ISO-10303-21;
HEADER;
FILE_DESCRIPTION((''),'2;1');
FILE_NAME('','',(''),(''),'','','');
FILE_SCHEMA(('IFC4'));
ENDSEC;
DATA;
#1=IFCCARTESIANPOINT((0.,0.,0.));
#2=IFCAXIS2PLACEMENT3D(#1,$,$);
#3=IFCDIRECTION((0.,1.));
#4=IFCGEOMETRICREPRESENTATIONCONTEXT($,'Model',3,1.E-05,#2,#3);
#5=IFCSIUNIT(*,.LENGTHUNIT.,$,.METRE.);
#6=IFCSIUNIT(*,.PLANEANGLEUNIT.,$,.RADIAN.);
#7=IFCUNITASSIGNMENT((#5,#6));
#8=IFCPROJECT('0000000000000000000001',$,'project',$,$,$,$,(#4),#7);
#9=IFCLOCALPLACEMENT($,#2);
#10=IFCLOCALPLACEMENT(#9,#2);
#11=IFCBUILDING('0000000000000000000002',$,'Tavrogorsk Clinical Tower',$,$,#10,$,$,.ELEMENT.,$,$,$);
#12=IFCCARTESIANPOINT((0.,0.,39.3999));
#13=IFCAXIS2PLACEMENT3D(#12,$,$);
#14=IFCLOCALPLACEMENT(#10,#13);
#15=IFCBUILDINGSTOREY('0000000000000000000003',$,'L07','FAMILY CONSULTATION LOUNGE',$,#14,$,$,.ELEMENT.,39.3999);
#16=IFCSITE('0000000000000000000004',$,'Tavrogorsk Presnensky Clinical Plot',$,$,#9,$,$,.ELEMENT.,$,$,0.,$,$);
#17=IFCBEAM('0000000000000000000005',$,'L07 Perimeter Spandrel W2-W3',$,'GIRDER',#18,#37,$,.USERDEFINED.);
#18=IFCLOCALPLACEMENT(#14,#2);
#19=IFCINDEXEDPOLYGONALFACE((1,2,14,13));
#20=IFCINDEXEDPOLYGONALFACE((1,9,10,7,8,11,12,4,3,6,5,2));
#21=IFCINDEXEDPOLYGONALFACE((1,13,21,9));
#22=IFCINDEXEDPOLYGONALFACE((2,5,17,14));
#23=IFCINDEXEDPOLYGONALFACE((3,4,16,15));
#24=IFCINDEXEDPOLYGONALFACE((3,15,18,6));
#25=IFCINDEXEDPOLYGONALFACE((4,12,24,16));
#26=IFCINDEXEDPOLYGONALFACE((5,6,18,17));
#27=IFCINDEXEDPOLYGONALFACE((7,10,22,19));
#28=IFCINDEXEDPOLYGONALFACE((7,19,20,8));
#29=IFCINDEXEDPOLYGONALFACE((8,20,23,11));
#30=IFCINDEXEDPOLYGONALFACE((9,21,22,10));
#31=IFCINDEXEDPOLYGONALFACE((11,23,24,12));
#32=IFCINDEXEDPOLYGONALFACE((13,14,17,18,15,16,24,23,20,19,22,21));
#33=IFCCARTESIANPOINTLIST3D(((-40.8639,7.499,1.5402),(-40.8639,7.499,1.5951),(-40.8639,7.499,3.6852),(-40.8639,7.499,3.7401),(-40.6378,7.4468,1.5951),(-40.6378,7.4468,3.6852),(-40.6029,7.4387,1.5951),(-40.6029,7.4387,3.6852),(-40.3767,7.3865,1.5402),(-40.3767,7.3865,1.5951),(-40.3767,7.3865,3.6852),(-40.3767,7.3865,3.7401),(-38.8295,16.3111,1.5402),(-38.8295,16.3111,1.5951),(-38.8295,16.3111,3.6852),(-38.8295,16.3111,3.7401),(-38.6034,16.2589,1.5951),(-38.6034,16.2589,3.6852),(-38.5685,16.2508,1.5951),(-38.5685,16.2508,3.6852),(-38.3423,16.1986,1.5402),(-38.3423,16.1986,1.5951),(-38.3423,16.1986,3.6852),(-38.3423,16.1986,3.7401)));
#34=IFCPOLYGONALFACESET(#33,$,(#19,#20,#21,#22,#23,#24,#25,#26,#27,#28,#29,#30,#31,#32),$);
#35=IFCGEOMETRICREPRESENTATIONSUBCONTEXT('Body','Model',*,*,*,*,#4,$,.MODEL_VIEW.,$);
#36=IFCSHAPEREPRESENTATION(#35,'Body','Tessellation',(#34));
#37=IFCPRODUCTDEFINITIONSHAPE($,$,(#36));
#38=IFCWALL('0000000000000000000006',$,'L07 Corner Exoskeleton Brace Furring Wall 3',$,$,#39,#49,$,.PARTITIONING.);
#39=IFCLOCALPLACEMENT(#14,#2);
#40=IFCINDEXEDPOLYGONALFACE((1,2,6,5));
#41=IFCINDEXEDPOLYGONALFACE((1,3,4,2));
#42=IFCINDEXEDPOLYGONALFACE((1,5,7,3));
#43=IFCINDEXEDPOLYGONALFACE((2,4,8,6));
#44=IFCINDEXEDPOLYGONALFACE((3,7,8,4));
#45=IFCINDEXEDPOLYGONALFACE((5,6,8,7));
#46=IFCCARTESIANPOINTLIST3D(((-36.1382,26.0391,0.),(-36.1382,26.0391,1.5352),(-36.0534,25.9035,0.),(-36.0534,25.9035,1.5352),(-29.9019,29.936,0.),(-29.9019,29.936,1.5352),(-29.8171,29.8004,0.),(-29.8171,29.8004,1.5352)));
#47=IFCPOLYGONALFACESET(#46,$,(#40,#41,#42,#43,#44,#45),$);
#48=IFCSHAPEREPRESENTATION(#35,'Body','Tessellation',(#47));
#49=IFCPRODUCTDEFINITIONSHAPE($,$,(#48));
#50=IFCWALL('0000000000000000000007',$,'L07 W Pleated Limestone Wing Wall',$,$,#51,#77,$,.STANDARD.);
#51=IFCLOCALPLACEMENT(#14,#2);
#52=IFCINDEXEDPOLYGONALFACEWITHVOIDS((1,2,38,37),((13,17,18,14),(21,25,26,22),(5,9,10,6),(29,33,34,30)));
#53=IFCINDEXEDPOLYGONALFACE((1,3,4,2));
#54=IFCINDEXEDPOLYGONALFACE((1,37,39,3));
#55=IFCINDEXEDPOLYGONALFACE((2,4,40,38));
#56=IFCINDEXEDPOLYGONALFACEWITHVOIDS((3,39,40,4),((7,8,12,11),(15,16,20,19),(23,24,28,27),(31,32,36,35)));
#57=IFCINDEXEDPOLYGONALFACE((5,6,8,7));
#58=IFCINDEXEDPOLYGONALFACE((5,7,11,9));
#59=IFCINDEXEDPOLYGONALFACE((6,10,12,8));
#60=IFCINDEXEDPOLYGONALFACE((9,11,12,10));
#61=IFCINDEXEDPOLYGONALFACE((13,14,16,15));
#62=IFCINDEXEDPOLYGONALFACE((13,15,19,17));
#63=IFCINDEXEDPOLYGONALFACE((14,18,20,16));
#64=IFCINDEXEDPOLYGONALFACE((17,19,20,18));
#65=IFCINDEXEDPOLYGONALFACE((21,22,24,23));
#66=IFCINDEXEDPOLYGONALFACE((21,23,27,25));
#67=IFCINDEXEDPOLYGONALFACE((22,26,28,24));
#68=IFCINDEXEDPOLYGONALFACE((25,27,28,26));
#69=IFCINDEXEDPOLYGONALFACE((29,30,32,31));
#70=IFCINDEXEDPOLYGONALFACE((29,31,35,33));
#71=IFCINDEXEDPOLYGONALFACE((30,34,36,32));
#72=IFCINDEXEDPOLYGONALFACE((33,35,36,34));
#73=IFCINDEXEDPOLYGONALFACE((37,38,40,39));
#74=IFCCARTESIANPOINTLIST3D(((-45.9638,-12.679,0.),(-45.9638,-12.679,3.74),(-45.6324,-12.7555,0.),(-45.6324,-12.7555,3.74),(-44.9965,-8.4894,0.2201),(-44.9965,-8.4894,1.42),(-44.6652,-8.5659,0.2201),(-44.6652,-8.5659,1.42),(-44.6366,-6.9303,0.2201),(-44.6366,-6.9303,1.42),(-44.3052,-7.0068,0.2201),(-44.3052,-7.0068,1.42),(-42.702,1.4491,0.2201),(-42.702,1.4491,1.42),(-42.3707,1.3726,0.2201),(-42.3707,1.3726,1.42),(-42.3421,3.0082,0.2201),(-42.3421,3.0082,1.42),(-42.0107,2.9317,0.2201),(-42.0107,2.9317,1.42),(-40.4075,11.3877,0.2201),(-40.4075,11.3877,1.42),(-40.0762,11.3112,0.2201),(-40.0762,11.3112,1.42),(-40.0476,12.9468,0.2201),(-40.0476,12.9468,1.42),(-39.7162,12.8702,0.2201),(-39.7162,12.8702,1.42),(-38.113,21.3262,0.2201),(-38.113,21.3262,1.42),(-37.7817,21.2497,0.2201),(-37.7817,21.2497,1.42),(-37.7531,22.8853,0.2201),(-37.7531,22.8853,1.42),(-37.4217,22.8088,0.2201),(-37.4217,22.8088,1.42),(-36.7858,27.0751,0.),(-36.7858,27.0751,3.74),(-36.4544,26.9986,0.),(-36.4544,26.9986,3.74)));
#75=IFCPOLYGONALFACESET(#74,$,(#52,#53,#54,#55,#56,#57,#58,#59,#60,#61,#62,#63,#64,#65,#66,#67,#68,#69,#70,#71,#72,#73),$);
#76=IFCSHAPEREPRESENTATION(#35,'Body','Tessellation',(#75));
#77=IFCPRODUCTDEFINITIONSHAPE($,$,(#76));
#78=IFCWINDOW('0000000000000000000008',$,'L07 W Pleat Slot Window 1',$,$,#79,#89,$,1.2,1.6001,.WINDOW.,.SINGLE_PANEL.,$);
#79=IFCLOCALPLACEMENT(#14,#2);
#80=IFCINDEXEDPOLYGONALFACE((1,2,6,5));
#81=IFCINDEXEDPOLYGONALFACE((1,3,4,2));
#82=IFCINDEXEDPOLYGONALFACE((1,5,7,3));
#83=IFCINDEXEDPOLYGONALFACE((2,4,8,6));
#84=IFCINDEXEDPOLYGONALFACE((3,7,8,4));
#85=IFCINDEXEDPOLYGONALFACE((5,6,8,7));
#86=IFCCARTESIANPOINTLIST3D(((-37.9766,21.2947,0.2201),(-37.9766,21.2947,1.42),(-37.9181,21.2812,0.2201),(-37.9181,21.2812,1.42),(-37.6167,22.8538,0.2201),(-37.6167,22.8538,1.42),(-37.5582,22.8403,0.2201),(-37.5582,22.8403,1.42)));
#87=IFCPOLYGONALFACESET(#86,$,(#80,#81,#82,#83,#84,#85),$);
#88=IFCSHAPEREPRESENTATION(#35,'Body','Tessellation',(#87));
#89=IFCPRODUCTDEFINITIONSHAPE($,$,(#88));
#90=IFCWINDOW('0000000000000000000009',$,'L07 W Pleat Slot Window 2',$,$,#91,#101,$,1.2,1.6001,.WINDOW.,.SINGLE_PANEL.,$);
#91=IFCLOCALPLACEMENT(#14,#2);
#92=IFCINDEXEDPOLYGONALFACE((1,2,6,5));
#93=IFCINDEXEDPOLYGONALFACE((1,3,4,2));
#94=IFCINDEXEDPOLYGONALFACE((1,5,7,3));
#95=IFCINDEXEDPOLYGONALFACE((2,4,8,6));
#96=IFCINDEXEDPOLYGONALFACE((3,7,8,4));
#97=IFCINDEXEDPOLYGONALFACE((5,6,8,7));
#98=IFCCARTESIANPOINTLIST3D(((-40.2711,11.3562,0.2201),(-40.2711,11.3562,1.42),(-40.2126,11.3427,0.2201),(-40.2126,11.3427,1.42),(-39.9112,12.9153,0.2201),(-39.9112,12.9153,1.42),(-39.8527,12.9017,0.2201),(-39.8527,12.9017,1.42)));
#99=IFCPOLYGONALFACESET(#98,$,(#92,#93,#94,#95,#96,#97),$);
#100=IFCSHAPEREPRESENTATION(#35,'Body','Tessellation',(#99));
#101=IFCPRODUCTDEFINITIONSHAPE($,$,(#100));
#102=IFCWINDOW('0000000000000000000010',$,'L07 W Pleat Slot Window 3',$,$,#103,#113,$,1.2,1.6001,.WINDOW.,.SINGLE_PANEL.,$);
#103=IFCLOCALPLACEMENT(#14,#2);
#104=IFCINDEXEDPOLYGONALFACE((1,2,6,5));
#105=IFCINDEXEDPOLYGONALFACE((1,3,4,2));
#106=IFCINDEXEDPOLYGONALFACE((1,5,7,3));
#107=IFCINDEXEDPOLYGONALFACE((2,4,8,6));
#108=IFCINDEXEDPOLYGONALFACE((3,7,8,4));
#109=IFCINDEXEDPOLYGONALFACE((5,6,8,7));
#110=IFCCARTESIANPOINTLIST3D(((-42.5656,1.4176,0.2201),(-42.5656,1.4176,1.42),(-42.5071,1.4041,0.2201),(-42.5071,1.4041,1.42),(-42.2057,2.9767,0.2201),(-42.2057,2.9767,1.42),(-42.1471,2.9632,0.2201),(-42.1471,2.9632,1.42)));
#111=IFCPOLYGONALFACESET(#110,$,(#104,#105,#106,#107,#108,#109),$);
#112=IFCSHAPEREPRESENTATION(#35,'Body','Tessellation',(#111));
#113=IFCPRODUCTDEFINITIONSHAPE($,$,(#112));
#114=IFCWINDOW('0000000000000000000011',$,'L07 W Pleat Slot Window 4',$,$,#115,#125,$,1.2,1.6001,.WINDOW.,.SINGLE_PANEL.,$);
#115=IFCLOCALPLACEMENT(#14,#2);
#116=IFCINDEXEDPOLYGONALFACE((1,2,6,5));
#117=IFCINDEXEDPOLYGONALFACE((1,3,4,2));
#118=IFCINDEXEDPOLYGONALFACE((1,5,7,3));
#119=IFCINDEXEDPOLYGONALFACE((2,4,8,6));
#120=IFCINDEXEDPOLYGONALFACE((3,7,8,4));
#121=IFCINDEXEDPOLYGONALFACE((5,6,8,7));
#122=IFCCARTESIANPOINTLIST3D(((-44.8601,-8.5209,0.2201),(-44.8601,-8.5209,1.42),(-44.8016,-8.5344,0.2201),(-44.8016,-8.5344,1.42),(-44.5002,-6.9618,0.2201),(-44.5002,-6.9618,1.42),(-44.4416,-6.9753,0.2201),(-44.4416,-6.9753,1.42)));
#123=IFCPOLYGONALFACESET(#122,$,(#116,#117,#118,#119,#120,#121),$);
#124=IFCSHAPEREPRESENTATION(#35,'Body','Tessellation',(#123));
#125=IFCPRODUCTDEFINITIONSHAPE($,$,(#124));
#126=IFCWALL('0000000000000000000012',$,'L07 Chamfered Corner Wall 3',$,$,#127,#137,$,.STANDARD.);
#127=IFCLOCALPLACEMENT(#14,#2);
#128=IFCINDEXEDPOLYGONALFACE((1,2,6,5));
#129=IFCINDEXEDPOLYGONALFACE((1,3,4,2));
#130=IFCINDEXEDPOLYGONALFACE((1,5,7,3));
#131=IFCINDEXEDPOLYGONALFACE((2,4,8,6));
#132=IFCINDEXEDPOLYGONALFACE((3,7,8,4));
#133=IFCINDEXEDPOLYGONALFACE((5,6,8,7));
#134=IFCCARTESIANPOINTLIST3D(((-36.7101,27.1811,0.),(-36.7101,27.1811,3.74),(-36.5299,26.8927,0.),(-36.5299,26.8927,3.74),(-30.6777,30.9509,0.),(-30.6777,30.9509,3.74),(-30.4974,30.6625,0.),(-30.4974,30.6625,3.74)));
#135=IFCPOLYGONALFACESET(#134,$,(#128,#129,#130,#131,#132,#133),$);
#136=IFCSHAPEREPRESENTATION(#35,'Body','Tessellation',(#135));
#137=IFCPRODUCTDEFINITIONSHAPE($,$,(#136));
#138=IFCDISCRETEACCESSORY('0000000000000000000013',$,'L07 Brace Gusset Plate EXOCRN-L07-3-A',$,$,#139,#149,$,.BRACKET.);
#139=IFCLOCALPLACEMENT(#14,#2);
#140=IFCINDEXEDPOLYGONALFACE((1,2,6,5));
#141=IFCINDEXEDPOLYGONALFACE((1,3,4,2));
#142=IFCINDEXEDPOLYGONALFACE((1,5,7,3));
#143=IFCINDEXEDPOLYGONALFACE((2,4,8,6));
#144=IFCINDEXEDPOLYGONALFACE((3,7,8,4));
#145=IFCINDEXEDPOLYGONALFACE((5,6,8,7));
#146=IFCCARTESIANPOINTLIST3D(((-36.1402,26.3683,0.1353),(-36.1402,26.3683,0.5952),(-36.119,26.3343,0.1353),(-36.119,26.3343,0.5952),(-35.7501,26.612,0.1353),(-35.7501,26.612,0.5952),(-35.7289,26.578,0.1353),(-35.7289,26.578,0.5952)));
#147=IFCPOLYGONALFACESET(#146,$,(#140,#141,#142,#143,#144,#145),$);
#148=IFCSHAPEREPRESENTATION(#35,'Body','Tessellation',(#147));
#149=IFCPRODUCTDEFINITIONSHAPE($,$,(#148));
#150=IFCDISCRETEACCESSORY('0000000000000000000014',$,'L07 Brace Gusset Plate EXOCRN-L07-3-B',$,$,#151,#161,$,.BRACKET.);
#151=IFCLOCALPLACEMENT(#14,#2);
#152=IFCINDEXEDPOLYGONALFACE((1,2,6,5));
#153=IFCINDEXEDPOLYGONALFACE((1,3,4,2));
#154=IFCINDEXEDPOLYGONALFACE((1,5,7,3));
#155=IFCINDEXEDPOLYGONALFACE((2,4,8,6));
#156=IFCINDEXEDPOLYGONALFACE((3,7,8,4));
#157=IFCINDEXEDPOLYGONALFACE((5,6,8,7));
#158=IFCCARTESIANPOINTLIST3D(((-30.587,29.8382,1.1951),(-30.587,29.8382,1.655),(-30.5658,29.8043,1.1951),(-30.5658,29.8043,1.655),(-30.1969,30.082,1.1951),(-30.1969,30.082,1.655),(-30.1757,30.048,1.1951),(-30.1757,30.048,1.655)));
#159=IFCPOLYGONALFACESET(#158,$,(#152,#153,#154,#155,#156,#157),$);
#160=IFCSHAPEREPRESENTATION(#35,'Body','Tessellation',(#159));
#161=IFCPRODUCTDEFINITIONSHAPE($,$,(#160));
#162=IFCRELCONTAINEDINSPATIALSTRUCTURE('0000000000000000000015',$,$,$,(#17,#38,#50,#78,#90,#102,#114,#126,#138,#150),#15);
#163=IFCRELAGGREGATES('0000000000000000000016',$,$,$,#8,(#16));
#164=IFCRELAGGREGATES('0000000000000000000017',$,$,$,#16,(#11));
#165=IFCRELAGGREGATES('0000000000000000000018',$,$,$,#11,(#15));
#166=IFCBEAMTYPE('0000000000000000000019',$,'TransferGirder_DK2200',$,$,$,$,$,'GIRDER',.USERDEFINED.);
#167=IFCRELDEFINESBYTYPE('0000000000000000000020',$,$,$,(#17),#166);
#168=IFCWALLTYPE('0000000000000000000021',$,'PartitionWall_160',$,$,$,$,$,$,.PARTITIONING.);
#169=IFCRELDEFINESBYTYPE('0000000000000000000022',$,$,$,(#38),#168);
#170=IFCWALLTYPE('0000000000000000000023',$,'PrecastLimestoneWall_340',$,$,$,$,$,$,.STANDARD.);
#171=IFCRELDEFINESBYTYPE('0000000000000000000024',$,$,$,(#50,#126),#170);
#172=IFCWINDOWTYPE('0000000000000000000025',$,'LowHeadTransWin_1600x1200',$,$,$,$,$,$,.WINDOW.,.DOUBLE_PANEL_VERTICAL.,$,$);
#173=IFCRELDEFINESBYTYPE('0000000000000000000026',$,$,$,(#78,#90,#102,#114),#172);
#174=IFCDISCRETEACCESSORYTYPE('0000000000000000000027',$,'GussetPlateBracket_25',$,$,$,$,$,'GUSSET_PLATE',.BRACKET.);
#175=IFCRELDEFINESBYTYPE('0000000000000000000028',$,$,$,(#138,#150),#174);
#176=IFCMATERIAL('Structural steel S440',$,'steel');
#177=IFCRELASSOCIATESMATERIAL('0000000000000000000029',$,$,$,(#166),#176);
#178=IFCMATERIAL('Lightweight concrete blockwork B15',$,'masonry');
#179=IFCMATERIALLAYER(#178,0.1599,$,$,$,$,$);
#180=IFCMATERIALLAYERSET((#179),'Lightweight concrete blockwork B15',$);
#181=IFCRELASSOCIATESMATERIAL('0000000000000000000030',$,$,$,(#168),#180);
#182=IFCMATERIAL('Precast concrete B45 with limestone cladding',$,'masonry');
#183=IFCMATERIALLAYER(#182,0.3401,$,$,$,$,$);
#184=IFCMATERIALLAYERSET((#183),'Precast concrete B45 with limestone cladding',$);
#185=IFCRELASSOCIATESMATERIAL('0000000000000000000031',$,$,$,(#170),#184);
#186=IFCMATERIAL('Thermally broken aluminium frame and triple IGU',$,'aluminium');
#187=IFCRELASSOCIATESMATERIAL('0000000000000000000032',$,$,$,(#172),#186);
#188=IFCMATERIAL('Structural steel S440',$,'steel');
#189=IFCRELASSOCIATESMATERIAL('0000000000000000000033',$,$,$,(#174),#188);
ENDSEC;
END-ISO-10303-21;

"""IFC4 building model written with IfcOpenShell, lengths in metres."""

from ifc_helpers import new_model, si_unit, direction, frame, frame_2d, origin, origin_2d, place, context, subcontext, project, spatial, rectangle, i_section, extrude, material, layer, layer_set, material_profile, profile_set, type_object, element, fill, save


model = new_model("IFC4")

# Units and contexts
model_context = context("Model", 3, precision=1e-05, world=origin(), true_north=direction((0.0, 1.0)))
body_context = subcontext(model_context, "Body", "Model", "MODEL_VIEW")
ifc_project = project(units=[si_unit("LENGTHUNIT", "METRE"), si_unit("PLANEANGLEUNIT", "RADIAN")], contexts=[model_context])

# Site, building, storey
site_placement = place(None, origin())
site = spatial("IfcSite", under=ifc_project, at=site_placement, Name="Tavrogorsk Presnensky Clinical Plot", CompositionType="ELEMENT", RefElevation=0.0)
building_placement = place(site_placement, origin())
building = spatial("IfcBuilding", under=site, at=building_placement, Name="Tavrogorsk Clinical Tower", CompositionType="ELEMENT")
storey_placement = place(building_placement, frame((0.0, 0.0, 39.3999)))
storey = spatial("IfcBuildingStorey", under=building, at=storey_placement, Name="L07", Description="FAMILY CONSULTATION LOUNGE", CompositionType="ELEMENT", Elevation=39.3999)

# Beam
ifc_material_1 = material(Name="Structural steel S440", Category="steel")
ifc_material_profile_1 = material_profile(ifc_material_1, i_section(OverallWidth=0.5, OverallDepth=2.2, WebThickness=0.0359, FlangeThickness=0.0549, at=origin_2d()), Name="DK-2200x500x36x55")
ifc_profile_set_1 = profile_set([ifc_material_profile_1], Name="Structural steel S440")
beam_type_1 = type_object("IfcBeamType", Name="TransferGirder_DK2200", ElementType="GIRDER", PredefinedType="USERDEFINED", material=ifc_profile_set_1)
beam_1_placement = place(storey_placement, frame((-38.5859, 16.2549, 2.6401), z_axis=(-0.224946, -0.974371, 0.0), x_axis=(0.974371, -0.224946, 0.0)))
element("IfcBeam", 1, at=beam_1_placement, inside=storey, type_object=beam_type_1, Name="L07 Perimeter Spandrel W2-W3", ObjectType="GIRDER", PredefinedType="USERDEFINED", context=body_context, shape_type="SweptSolid", body=[
    extrude(i_section(OverallWidth=0.5, OverallDepth=2.2, WebThickness=0.0359, FlangeThickness=0.0549, at=origin_2d()), origin(), (0.0, 0.0, 1.0), 9.0439),
])

# Wall
ifc_material_2 = material(Name="Lightweight concrete blockwork B15", Category="masonry")
ifc_layer_1 = layer(ifc_material_2, 0.1599)
ifc_layer_set_1 = layer_set([ifc_layer_1], Name="Lightweight concrete blockwork B15")
wall_type_1 = type_object("IfcWallType", Name="PartitionWall_160", PredefinedType="PARTITIONING", material=ifc_layer_set_1)
wall_1_placement = place(storey_placement, frame((-29.8596, 29.8682, 0.0), z_axis=(0.0, 0.0, 1.0), x_axis=(-0.848043, -0.529927, 0.0)))
element("IfcWall", 2, at=wall_1_placement, inside=storey, type_object=wall_type_1, Name="L07 Corner Exoskeleton Brace Furring Wall 3", PredefinedType="PARTITIONING", context=body_context, shape_type="SweptSolid", body=[
    extrude(rectangle(XDim=7.3538, YDim=0.1599, at=frame_2d((3.6768, 0.0))), origin(), (0.0, 0.0, 1.0), 1.5352),
])

# Wall, openings, windows
ifc_material_3 = material(Name="Precast concrete B45 with limestone cladding", Category="masonry")
ifc_layer_2 = layer(ifc_material_3, 0.3401)
ifc_layer_set_2 = layer_set([ifc_layer_2], Name="Precast concrete B45 with limestone cladding")
wall_type_2 = type_object("IfcWallType", Name="PrecastLimestoneWall_340", PredefinedType="STANDARD", material=ifc_layer_set_2)
wall_2_placement = place(storey_placement, frame((-36.6201, 27.0369, 0.0), z_axis=(0.0, 0.0, 1.0), x_axis=(-0.224951, -0.97437, 0.0)))
wall_2 = element("IfcWall", 3, at=wall_2_placement, inside=storey, type_object=wall_type_2, Name="L07 W Pleated Limestone Wing Wall", PredefinedType="STANDARD", context=body_context, shape_type="SweptSolid", body=[
    extrude(rectangle(XDim=40.7998, YDim=0.3401, at=frame_2d((20.3999, 0.0))), origin(), (0.0, 0.0, 1.0), 3.74),
])
opening_1_placement = place(wall_2_placement, frame((4.3, 0.0, 0.22)))
opening_1 = element("IfcOpeningElement", 4, at=opening_1_placement, cuts=wall_2, PredefinedType="OPENING", context=body_context, shape_type="SweptSolid", body=[
    extrude(rectangle(XDim=1.6001, YDim=1.2, at=frame_2d((0.8, 0.6001))), frame((0.0, 0.1799, 0.0), z_axis=(0.0, -1.0, 0.0), x_axis=(1.0, 0.0, 0.0)), (0.0, 0.0, 1.0), 0.3601),
])
opening_2_placement = place(wall_2_placement, frame((14.5, 0.0, 0.22)))
opening_2 = element("IfcOpeningElement", 5, at=opening_2_placement, cuts=wall_2, PredefinedType="OPENING", context=body_context, shape_type="SweptSolid", body=[
    extrude(rectangle(XDim=1.6001, YDim=1.2, at=frame_2d((0.8, 0.6001))), frame((0.0, 0.1799, 0.0), z_axis=(0.0, -1.0, 0.0), x_axis=(1.0, 0.0, 0.0)), (0.0, 0.0, 1.0), 0.3601),
])
opening_3_placement = place(wall_2_placement, frame((24.7, 0.0, 0.22)))
opening_3 = element("IfcOpeningElement", 6, at=opening_3_placement, cuts=wall_2, PredefinedType="OPENING", context=body_context, shape_type="SweptSolid", body=[
    extrude(rectangle(XDim=1.6001, YDim=1.2, at=frame_2d((0.8, 0.6001))), frame((0.0, 0.1799, 0.0), z_axis=(0.0, -1.0, 0.0), x_axis=(1.0, 0.0, 0.0)), (0.0, 0.0, 1.0), 0.3601),
])
opening_4_placement = place(wall_2_placement, frame((34.8999, 0.0, 0.22)))
opening_4 = element("IfcOpeningElement", 7, at=opening_4_placement, cuts=wall_2, PredefinedType="OPENING", context=body_context, shape_type="SweptSolid", body=[
    extrude(rectangle(XDim=1.6001, YDim=1.2, at=frame_2d((0.8, 0.6001))), frame((0.0, 0.1799, 0.0), z_axis=(0.0, -1.0, 0.0), x_axis=(1.0, 0.0, 0.0)), (0.0, 0.0, 1.0), 0.3601),
])
ifc_material_4 = material(Name="Thermally broken aluminium frame and triple IGU", Category="aluminium")
window_type = type_object("IfcWindowType", Name="LowHeadTransWin_1600x1200", PartitioningType="DOUBLE_PANEL_VERTICAL", PredefinedType="WINDOW", material=ifc_material_4)
window_1_placement = place(opening_1_placement, origin())
window_1 = element("IfcWindow", 8, at=window_1_placement, inside=storey, type_object=window_type, Name="L07 W Pleat Slot Window 1", OverallHeight=1.2, OverallWidth=1.6001, PartitioningType="SINGLE_PANEL", PredefinedType="WINDOW", context=body_context, shape_type="SweptSolid", body=[
    extrude(rectangle(XDim=1.6001, YDim=1.2, at=frame_2d((0.8, 0.6001))), frame((0.0, 0.03, 0.0), z_axis=(0.0, -1.0, 0.0), x_axis=(1.0, 0.0, 0.0)), (0.0, 0.0, 1.0), 0.0601),
])
fill(opening_1, window_1)
window_2_placement = place(opening_2_placement, origin())
window_2 = element("IfcWindow", 9, at=window_2_placement, inside=storey, type_object=window_type, Name="L07 W Pleat Slot Window 2", OverallHeight=1.2, OverallWidth=1.6001, PartitioningType="SINGLE_PANEL", PredefinedType="WINDOW", context=body_context, shape_type="SweptSolid", body=[
    extrude(rectangle(XDim=1.6001, YDim=1.2, at=frame_2d((0.8, 0.6001))), frame((0.0, 0.03, 0.0), z_axis=(0.0, -1.0, 0.0), x_axis=(1.0, 0.0, 0.0)), (0.0, 0.0, 1.0), 0.0601),
])
fill(opening_2, window_2)
window_3_placement = place(opening_3_placement, origin())
window_3 = element("IfcWindow", 10, at=window_3_placement, inside=storey, type_object=window_type, Name="L07 W Pleat Slot Window 3", OverallHeight=1.2, OverallWidth=1.6001, PartitioningType="SINGLE_PANEL", PredefinedType="WINDOW", context=body_context, shape_type="SweptSolid", body=[
    extrude(rectangle(XDim=1.6001, YDim=1.2, at=frame_2d((0.8, 0.6001))), frame((0.0, 0.03, 0.0), z_axis=(0.0, -1.0, 0.0), x_axis=(1.0, 0.0, 0.0)), (0.0, 0.0, 1.0), 0.0601),
])
fill(opening_3, window_3)
window_4_placement = place(opening_4_placement, origin())
window_4 = element("IfcWindow", 11, at=window_4_placement, inside=storey, type_object=window_type, Name="L07 W Pleat Slot Window 4", OverallHeight=1.2, OverallWidth=1.6001, PartitioningType="SINGLE_PANEL", PredefinedType="WINDOW", context=body_context, shape_type="SweptSolid", body=[
    extrude(rectangle(XDim=1.6001, YDim=1.2, at=frame_2d((0.8, 0.6001))), frame((0.0, 0.03, 0.0), z_axis=(0.0, -1.0, 0.0), x_axis=(1.0, 0.0, 0.0)), (0.0, 0.0, 1.0), 0.0601),
])
fill(opening_4, window_4)

# Wall
wall_3_placement = place(storey_placement, frame((-30.5876, 30.8066, 0.0), z_axis=(0.0, 0.0, 1.0), x_axis=(-0.848031, -0.529946, 0.0)))
element("IfcWall", 12, at=wall_3_placement, inside=storey, type_object=wall_type_2, Name="L07 Chamfered Corner Wall 3", PredefinedType="STANDARD", context=body_context, shape_type="SweptSolid", body=[
    extrude(rectangle(XDim=7.1135, YDim=0.3401, at=frame_2d((3.5566, 0.0))), origin(), (0.0, 0.0, 1.0), 3.74),
])

# Discrete accessories
ifc_material_5 = material(Name="Structural steel S440", Category="steel")
discrete_accessory_type = type_object("IfcDiscreteAccessoryType", Name="GussetPlateBracket_25", ElementType="GUSSET_PLATE", PredefinedType="BRACKET", material=ifc_material_5)
for number, where, z_axis, x_axis, name in (
    (13, (-35.9346, 26.4731, 0.1353), (0.0, 0.0, 1.0), (0.848048, 0.529919, 0.0), "L07 Brace Gusset Plate EXOCRN-L07-3-A"),
    (14, (-30.3813, 29.9431, 1.1951), (0.0, 0.0, 1.0), (0.848048, 0.529919, 0.0), "L07 Brace Gusset Plate EXOCRN-L07-3-B"),
):
    element("IfcDiscreteAccessory", number, at=place(storey_placement, frame(where, z_axis=z_axis, x_axis=x_axis)), inside=storey, type_object=discrete_accessory_type, Name=name, PredefinedType="BRACKET", context=body_context, shape_type="SweptSolid", body=[
        extrude(rectangle(XDim=0.46, YDim=0.04, at=origin_2d()), origin(), (0.0, 0.0, 1.0), 0.46),
    ])

save(model, "model.ifc")
